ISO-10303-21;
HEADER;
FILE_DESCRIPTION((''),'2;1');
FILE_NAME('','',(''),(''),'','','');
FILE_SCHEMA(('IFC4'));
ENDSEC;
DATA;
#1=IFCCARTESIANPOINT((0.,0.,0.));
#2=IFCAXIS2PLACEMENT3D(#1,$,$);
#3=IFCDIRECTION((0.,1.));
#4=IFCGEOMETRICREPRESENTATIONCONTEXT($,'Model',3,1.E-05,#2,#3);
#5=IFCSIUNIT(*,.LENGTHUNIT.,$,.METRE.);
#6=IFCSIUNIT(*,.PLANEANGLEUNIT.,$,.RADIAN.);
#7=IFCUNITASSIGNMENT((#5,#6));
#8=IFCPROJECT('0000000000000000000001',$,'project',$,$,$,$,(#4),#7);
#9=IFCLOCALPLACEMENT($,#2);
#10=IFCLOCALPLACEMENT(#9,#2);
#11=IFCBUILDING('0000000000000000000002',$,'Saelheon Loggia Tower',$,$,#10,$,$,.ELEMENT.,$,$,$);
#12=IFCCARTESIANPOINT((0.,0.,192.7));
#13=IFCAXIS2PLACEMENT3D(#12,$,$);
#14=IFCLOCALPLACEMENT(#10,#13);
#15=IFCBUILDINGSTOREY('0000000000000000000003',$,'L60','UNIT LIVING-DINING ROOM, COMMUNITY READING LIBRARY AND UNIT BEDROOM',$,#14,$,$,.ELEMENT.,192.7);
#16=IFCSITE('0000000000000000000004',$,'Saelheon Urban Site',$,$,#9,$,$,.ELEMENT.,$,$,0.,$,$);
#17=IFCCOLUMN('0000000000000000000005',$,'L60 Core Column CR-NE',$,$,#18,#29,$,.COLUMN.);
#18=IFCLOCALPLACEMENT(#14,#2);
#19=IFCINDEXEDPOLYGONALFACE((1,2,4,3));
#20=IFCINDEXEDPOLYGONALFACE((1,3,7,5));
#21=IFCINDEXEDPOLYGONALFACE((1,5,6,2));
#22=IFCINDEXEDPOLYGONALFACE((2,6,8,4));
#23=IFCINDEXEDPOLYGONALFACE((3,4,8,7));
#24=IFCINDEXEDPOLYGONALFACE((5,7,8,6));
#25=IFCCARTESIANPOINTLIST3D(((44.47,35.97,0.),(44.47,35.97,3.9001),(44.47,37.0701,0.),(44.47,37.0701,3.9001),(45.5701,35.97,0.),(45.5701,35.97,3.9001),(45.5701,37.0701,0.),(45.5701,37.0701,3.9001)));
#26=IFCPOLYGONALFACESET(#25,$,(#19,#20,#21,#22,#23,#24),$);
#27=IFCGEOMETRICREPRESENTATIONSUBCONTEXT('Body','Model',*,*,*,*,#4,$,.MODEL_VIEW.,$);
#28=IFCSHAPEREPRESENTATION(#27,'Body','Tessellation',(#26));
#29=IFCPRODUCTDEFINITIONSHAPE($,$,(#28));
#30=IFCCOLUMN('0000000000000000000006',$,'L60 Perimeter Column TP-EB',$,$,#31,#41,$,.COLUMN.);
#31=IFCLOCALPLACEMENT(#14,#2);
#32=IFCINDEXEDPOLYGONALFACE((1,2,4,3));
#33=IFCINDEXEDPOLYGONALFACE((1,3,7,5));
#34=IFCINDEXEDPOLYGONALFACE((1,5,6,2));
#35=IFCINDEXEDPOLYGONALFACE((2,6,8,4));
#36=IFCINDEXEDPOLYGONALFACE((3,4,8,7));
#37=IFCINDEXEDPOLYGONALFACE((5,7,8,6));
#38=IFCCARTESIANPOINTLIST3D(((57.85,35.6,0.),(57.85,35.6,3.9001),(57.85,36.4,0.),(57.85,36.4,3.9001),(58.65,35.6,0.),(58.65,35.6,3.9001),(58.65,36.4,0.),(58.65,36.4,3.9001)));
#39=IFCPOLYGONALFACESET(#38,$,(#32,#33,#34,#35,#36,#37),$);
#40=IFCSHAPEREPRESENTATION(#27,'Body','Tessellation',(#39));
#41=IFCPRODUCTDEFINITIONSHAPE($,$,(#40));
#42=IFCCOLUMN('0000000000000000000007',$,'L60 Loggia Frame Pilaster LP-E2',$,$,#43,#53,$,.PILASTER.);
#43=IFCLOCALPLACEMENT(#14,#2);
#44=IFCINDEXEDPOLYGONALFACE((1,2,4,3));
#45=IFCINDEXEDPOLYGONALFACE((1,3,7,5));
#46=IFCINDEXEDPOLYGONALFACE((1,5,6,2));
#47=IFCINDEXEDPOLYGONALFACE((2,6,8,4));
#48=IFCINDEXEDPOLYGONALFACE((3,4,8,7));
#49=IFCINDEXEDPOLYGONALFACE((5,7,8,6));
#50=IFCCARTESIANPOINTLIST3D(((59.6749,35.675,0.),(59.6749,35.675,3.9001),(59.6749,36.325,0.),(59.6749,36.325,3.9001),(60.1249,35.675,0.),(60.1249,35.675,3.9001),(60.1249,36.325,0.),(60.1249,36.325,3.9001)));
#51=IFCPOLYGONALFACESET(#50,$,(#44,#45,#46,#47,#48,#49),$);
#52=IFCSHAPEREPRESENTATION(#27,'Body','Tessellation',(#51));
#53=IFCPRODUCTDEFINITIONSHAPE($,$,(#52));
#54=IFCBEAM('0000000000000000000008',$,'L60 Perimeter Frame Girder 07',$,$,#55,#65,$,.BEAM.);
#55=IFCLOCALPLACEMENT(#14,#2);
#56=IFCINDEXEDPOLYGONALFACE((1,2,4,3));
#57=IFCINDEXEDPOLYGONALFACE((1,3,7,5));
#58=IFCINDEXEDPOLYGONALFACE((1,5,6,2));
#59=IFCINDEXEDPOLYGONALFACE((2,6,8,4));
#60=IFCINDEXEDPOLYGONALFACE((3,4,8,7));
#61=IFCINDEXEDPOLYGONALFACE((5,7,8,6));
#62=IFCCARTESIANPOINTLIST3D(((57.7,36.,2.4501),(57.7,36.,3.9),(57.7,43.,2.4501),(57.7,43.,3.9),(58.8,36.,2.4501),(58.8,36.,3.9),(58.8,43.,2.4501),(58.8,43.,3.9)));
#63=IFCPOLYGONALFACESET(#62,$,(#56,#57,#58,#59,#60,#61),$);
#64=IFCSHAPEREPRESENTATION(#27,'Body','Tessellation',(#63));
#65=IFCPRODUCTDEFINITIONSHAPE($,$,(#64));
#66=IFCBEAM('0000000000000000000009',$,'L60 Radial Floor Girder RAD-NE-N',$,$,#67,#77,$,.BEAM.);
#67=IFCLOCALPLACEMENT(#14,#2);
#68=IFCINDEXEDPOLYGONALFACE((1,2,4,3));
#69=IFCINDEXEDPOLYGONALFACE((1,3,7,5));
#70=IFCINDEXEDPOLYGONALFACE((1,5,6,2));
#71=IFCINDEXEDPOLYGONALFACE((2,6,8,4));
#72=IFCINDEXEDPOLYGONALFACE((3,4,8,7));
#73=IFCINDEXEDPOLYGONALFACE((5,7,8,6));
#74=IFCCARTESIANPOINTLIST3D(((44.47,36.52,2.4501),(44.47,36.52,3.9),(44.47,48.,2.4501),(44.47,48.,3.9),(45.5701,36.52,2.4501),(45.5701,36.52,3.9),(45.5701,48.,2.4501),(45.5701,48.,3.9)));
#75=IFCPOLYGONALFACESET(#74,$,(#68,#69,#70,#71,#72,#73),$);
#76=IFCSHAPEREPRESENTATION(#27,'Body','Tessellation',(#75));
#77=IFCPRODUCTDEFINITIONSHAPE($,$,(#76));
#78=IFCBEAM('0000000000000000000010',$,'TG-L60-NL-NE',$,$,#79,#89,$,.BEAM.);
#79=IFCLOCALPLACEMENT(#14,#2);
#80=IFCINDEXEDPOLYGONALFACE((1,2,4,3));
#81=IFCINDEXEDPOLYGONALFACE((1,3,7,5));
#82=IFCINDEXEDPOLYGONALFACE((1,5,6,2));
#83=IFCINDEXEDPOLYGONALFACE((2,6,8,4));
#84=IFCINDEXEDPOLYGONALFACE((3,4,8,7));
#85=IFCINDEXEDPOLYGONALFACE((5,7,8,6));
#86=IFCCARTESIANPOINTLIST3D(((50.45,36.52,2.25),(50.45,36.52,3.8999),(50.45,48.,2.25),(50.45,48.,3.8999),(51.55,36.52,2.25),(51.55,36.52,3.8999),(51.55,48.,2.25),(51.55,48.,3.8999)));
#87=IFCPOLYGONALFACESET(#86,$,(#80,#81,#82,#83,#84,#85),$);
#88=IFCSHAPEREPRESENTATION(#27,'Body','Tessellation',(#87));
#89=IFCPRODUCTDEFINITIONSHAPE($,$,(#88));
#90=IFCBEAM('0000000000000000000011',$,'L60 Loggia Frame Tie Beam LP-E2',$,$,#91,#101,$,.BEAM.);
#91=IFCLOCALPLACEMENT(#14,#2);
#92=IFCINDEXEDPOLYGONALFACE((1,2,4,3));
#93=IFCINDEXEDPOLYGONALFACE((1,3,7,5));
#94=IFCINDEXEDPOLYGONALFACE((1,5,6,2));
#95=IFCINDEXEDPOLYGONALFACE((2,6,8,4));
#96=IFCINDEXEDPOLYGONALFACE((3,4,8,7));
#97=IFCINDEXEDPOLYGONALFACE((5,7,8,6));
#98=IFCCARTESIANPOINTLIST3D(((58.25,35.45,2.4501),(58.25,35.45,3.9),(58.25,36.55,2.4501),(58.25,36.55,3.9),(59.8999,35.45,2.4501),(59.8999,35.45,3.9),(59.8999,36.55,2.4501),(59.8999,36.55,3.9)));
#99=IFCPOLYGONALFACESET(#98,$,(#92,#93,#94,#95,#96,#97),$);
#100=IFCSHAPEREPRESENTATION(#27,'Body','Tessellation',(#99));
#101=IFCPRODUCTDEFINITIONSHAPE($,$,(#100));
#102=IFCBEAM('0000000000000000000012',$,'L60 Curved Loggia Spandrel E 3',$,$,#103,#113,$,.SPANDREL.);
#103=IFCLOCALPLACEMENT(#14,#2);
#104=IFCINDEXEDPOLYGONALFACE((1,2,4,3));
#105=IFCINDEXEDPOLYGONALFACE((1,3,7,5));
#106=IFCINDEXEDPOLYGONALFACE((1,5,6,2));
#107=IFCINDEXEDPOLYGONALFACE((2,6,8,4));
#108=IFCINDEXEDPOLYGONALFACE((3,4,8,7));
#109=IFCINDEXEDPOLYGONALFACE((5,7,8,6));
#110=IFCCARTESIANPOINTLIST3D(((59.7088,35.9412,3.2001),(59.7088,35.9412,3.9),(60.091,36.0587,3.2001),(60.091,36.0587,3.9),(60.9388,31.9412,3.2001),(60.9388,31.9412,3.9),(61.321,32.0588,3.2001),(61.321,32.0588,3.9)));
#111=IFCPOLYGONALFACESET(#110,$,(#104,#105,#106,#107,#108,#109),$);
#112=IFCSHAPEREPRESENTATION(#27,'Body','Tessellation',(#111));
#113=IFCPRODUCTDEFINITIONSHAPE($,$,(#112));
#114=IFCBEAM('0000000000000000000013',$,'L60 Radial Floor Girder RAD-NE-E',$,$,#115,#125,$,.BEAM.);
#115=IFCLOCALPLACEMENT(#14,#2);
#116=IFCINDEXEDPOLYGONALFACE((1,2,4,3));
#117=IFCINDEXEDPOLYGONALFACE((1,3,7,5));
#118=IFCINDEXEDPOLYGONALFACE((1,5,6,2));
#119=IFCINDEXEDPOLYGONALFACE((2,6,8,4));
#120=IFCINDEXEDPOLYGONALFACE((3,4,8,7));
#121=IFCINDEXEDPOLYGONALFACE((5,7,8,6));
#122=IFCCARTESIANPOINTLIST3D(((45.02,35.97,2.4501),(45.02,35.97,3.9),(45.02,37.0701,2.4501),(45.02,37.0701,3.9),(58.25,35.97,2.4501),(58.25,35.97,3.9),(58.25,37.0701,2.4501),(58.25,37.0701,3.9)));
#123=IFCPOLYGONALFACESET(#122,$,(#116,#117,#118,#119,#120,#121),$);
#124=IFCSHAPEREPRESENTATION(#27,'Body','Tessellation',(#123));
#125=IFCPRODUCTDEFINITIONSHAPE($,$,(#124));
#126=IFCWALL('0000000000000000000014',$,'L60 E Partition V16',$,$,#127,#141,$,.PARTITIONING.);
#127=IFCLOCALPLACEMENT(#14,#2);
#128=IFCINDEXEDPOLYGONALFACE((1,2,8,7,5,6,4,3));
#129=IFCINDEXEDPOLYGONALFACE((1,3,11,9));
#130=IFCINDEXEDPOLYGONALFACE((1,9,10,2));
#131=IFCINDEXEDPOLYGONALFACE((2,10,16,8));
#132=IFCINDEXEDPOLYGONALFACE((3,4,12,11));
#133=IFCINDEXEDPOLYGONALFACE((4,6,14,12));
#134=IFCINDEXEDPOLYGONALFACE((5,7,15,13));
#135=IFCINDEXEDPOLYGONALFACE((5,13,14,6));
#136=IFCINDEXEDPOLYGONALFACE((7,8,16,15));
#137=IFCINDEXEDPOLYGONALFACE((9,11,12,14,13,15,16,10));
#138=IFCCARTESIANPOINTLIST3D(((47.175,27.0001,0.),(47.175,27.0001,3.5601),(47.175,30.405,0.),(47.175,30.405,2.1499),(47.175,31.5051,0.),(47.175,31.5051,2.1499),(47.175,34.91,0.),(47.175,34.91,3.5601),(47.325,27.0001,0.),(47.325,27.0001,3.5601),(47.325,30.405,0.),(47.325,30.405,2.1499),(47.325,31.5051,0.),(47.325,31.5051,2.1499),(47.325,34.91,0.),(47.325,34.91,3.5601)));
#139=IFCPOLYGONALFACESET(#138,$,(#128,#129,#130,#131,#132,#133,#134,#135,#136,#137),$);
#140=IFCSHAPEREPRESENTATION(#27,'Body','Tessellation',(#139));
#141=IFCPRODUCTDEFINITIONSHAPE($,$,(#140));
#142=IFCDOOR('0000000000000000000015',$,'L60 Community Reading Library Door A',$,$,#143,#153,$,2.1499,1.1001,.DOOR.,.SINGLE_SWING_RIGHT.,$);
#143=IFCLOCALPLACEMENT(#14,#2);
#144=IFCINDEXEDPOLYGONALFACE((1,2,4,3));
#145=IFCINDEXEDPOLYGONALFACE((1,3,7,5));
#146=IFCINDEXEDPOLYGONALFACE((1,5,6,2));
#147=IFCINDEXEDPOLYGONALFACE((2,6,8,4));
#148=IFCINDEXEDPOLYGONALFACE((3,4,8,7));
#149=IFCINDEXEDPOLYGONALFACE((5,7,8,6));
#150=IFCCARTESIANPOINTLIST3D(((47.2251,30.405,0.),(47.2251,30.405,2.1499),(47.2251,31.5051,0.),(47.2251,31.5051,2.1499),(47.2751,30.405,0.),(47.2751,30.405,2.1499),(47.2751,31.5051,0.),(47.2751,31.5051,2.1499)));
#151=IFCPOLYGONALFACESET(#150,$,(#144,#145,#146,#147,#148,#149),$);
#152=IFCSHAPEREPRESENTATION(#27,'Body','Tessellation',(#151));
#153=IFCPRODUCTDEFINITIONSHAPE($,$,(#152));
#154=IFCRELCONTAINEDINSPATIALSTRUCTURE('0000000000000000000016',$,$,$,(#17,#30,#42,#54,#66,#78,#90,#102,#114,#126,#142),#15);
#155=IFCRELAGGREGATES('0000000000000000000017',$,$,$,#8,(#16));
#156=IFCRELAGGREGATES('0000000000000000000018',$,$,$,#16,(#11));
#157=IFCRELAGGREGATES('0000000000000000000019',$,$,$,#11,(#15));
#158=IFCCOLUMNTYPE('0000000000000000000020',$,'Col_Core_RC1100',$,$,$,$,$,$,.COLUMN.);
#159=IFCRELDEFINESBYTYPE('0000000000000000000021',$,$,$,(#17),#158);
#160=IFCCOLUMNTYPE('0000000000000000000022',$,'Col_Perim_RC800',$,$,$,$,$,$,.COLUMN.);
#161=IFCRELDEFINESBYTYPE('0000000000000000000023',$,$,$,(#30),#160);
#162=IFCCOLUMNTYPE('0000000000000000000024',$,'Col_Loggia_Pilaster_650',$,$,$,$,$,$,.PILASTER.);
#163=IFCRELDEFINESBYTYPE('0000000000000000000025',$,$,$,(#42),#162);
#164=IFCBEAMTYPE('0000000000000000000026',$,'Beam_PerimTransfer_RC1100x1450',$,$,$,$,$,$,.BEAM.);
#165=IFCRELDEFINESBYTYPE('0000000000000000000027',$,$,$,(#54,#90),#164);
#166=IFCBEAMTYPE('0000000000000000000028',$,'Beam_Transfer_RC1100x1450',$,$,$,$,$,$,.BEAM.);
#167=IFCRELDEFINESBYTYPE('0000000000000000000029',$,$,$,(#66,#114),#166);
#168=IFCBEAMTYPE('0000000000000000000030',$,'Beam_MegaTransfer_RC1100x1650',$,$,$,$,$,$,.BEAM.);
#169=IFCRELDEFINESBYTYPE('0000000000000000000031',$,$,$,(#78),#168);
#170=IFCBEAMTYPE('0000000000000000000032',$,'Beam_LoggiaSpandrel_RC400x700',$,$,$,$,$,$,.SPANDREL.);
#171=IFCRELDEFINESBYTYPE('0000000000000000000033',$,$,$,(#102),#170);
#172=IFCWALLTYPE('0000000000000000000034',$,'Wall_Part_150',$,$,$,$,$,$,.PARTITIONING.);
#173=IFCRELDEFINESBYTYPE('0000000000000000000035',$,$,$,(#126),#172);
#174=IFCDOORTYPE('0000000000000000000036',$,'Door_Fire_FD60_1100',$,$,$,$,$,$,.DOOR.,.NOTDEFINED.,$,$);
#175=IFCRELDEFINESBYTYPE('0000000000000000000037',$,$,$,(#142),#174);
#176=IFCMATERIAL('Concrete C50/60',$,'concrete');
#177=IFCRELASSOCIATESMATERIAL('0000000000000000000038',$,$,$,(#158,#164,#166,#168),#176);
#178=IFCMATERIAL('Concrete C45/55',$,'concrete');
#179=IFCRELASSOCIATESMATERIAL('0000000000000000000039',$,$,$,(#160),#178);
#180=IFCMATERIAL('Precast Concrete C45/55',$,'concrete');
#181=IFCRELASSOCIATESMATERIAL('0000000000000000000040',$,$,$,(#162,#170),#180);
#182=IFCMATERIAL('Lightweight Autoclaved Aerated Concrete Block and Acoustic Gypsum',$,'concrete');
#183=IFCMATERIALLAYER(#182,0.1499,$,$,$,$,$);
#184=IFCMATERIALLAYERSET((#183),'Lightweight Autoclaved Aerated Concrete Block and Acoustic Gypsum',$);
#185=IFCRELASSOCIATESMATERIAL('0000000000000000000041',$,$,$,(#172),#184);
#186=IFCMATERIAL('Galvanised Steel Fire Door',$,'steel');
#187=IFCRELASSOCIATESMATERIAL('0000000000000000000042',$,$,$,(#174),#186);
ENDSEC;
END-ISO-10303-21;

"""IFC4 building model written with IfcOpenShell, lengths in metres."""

from ifc_helpers import new_model, si_unit, direction, frame, frame_2d, origin, origin_2d, place, context, subcontext, project, spatial, rectangle, extrude, source, transform, mapped, material, layer, layer_set, material_profile, profile_set, type_object, element, fill, save


model = new_model("IFC4")

# Units and contexts
model_context = context("Model", 3, precision=1e-05, world=origin(), true_north=direction((0.0, 1.0)))
body_context = subcontext(model_context, "Body", "Model", "MODEL_VIEW")
ifc_project = project(units=[si_unit("LENGTHUNIT", "METRE"), si_unit("PLANEANGLEUNIT", "RADIAN")], contexts=[model_context])

# Site, building, storey
site_placement = place(None, origin())
site = spatial("IfcSite", under=ifc_project, at=site_placement, Name="Saelheon Urban Site", CompositionType="ELEMENT", RefElevation=0.0)
building_placement = place(site_placement, origin())
building = spatial("IfcBuilding", under=site, at=building_placement, Name="Saelheon Loggia Tower", CompositionType="ELEMENT")
storey_placement = place(building_placement, frame((0.0, 0.0, 192.7)))
storey = spatial("IfcBuildingStorey", under=building, at=storey_placement, Name="L60", Description="UNIT LIVING-DINING ROOM, COMMUNITY READING LIBRARY AND UNIT BEDROOM", CompositionType="ELEMENT", Elevation=192.7)

# Columns
ifc_material_1 = material(Name="Concrete C50/60", Category="concrete")
ifc_material_profile_1 = material_profile(ifc_material_1, rectangle(XDim=1.1001, YDim=1.1001, at=origin_2d()), Name="RC-1100x1100")
ifc_profile_set_1 = profile_set([ifc_material_profile_1], Name="Concrete C50/60")
column_type_1 = type_object("IfcColumnType", Name="Col_Core_RC1100", PredefinedType="COLUMN", material=ifc_profile_set_1)
shared_shape_1 = source(origin(), body_context, "Body", "SweptSolid", [
    extrude(rectangle(XDim=1.1001, YDim=1.1001, at=origin_2d()), origin(), (0.0, 0.0, 1.0), 3.9001),
])
column_1_placement = place(storey_placement, frame((45.02, 36.52, 0.0), z_axis=(0.0, 0.0, 1.0), x_axis=(1.0, 0.0, 0.0)))
element("IfcColumn", 1, at=column_1_placement, inside=storey, type_object=column_type_1, Name="L60 Core Column CR-NE", PredefinedType="COLUMN", context=body_context, shape_type="MappedRepresentation", body=[
    mapped(shared_shape_1, transform((0.0, 0.0, 0.0), scale=1.0)),
])
ifc_material_2 = material(Name="Concrete C45/55", Category="concrete")
ifc_material_profile_2 = material_profile(ifc_material_2, rectangle(XDim=0.8, YDim=0.8, at=origin_2d()), Name="RC-800x800")
ifc_profile_set_2 = profile_set([ifc_material_profile_2], Name="Concrete C45/55")
column_type_2 = type_object("IfcColumnType", Name="Col_Perim_RC800", PredefinedType="COLUMN", material=ifc_profile_set_2)
shared_shape_2 = source(origin(), body_context, "Body", "SweptSolid", [
    extrude(rectangle(XDim=0.8, YDim=0.8, at=origin_2d()), origin(), (0.0, 0.0, 1.0), 3.9001),
])
column_2_placement = place(storey_placement, frame((58.25, 36.0, 0.0), z_axis=(0.0, 0.0, 1.0), x_axis=(1.0, 0.0, 0.0)))
element("IfcColumn", 2, at=column_2_placement, inside=storey, type_object=column_type_2, Name="L60 Perimeter Column TP-EB", PredefinedType="COLUMN", context=body_context, shape_type="MappedRepresentation", body=[
    mapped(shared_shape_2, transform((0.0, 0.0, 0.0), scale=1.0)),
])
ifc_material_3 = material(Name="Precast Concrete C45/55", Category="concrete")
ifc_material_profile_3 = material_profile(ifc_material_3, rectangle(XDim=0.45, YDim=0.6499, at=origin_2d()), Name="RC-450x650")
ifc_profile_set_3 = profile_set([ifc_material_profile_3], Name="Precast Concrete C45/55")
column_type_3 = type_object("IfcColumnType", Name="Col_Loggia_Pilaster_650", PredefinedType="PILASTER", material=ifc_profile_set_3)
shared_shape_3 = source(origin(), body_context, "Body", "SweptSolid", [
    extrude(rectangle(XDim=0.45, YDim=0.6499, at=origin_2d()), origin(), (0.0, 0.0, 1.0), 3.9001),
])
column_3_placement = place(storey_placement, frame((59.8999, 36.0, 0.0), z_axis=(0.0, 0.0, 1.0), x_axis=(1.0, 0.0, 0.0)))
element("IfcColumn", 3, at=column_3_placement, inside=storey, type_object=column_type_3, Name="L60 Loggia Frame Pilaster LP-E2", PredefinedType="PILASTER", context=body_context, shape_type="MappedRepresentation", body=[
    mapped(shared_shape_3, transform((0.0, 0.0, 0.0), scale=1.0)),
])

# Beams
ifc_material_profile_4 = material_profile(ifc_material_1, rectangle(XDim=1.1001, YDim=1.45, at=origin_2d()), Name="RC-1100x1450")
ifc_profile_set_4 = profile_set([ifc_material_profile_4], Name="Concrete C50/60")
beam_type_1 = type_object("IfcBeamType", Name="Beam_PerimTransfer_RC1100x1450", PredefinedType="BEAM", material=ifc_profile_set_4)
shared_shape_4 = source(origin(), body_context, "Body", "SweptSolid", [
    extrude(rectangle(XDim=1.1001, YDim=1.45, at=origin_2d()), origin(), (0.0, 0.0, 1.0), 7.0),
])
beam_1_placement = place(storey_placement, frame((58.25, 36.0, 3.175), z_axis=(0.0, 1.0, 0.0), x_axis=(-1.0, 0.0, 0.0)))
element("IfcBeam", 4, at=beam_1_placement, inside=storey, type_object=beam_type_1, Name="L60 Perimeter Frame Girder 07", PredefinedType="BEAM", context=body_context, shape_type="MappedRepresentation", body=[
    mapped(shared_shape_4, transform((0.0, 0.0, 0.0), scale=1.0)),
])
ifc_material_profile_5 = material_profile(ifc_material_1, rectangle(XDim=1.1001, YDim=1.45, at=origin_2d()), Name="RC-1100x1450")
ifc_profile_set_5 = profile_set([ifc_material_profile_5], Name="Concrete C50/60")
beam_type_2 = type_object("IfcBeamType", Name="Beam_Transfer_RC1100x1450", PredefinedType="BEAM", material=ifc_profile_set_5)
shared_shape_5 = source(origin(), body_context, "Body", "SweptSolid", [
    extrude(rectangle(XDim=1.1001, YDim=1.45, at=origin_2d()), origin(), (0.0, 0.0, 1.0), 11.48),
])
beam_2_placement = place(storey_placement, frame((45.02, 36.52, 3.175), z_axis=(0.0, 1.0, 0.0), x_axis=(-1.0, 0.0, 0.0)))
element("IfcBeam", 5, at=beam_2_placement, inside=storey, type_object=beam_type_2, Name="L60 Radial Floor Girder RAD-NE-N", PredefinedType="BEAM", context=body_context, shape_type="MappedRepresentation", body=[
    mapped(shared_shape_5, transform((0.0, 0.0, 0.0), scale=1.0)),
])
ifc_material_profile_6 = material_profile(ifc_material_1, rectangle(XDim=1.1001, YDim=1.6499, at=origin_2d()), Name="RC-1100x1650")
ifc_profile_set_6 = profile_set([ifc_material_profile_6], Name="Concrete C50/60")
beam_type_3 = type_object("IfcBeamType", Name="Beam_MegaTransfer_RC1100x1650", PredefinedType="BEAM", material=ifc_profile_set_6)
shared_shape_6 = source(origin(), body_context, "Body", "SweptSolid", [
    extrude(rectangle(XDim=1.1001, YDim=1.6499, at=origin_2d()), origin(), (0.0, 0.0, 1.0), 11.48),
])
beam_3_placement = place(storey_placement, frame((51.0, 36.52, 3.075), z_axis=(0.0, 1.0, 0.0), x_axis=(-1.0, 0.0, 0.0)))
element("IfcBeam", 6, at=beam_3_placement, inside=storey, type_object=beam_type_3, Name="TG-L60-NL-NE", PredefinedType="BEAM", context=body_context, shape_type="MappedRepresentation", body=[
    mapped(shared_shape_6, transform((0.0, 0.0, 0.0), scale=1.0)),
])
shared_shape_7 = source(origin(), body_context, "Body", "SweptSolid", [
    extrude(rectangle(XDim=1.1001, YDim=1.45, at=origin_2d()), origin(), (0.0, 0.0, 1.0), 1.6499),
])
beam_4_placement = place(storey_placement, frame((58.25, 36.0, 3.175), z_axis=(1.0, 0.0, 0.0), x_axis=(0.0, 1.0, 0.0)))
element("IfcBeam", 7, at=beam_4_placement, inside=storey, type_object=beam_type_1, Name="L60 Loggia Frame Tie Beam LP-E2", PredefinedType="BEAM", context=body_context, shape_type="MappedRepresentation", body=[
    mapped(shared_shape_7, transform((0.0, 0.0, 0.0), scale=1.0)),
])
ifc_material_profile_7 = material_profile(ifc_material_3, rectangle(XDim=0.3999, YDim=0.7, at=origin_2d()), Name="RC-400x700")
ifc_profile_set_7 = profile_set([ifc_material_profile_7], Name="Precast Concrete C45/55")
beam_type_4 = type_object("IfcBeamType", Name="Beam_LoggiaSpandrel_RC400x700", PredefinedType="SPANDREL", material=ifc_profile_set_7)
shared_shape_8 = source(origin(), body_context, "Body", "SweptSolid", [
    extrude(rectangle(XDim=0.3999, YDim=0.7, at=origin_2d()), origin(), (0.0, 0.0, 1.0), 4.1848),
])
beam_5_placement = place(storey_placement, frame((61.1299, 32.0, 3.55), z_axis=(-0.293914, 0.955832, 0.0), x_axis=(-0.955832, -0.293914, 0.0)))
element("IfcBeam", 8, at=beam_5_placement, inside=storey, type_object=beam_type_4, Name="L60 Curved Loggia Spandrel E 3", PredefinedType="SPANDREL", context=body_context, shape_type="MappedRepresentation", body=[
    mapped(shared_shape_8, transform((0.0, 0.0, 0.0), scale=1.0)),
])
shared_shape_9 = source(origin(), body_context, "Body", "SweptSolid", [
    extrude(rectangle(XDim=1.1001, YDim=1.45, at=origin_2d()), origin(), (0.0, 0.0, 1.0), 13.23),
])
beam_6_placement = place(storey_placement, frame((45.02, 36.52, 3.175), z_axis=(1.0, 0.0, 0.0), x_axis=(0.0, 1.0, 0.0)))
element("IfcBeam", 9, at=beam_6_placement, inside=storey, type_object=beam_type_2, Name="L60 Radial Floor Girder RAD-NE-E", PredefinedType="BEAM", context=body_context, shape_type="MappedRepresentation", body=[
    mapped(shared_shape_9, transform((0.0, 0.0, 0.0), scale=1.0)),
])

# Wall, opening, door
ifc_material_4 = material(Name="Lightweight Autoclaved Aerated Concrete Block and Acoustic Gypsum", Category="concrete")
ifc_layer_1 = layer(ifc_material_4, 0.1499)
ifc_layer_set_1 = layer_set([ifc_layer_1], Name="Lightweight Autoclaved Aerated Concrete Block and Acoustic Gypsum")
wall_type_1 = type_object("IfcWallType", Name="Wall_Part_150", PredefinedType="PARTITIONING", material=ifc_layer_set_1)
wall_1_placement = place(storey_placement, frame((47.25, 27.0, 0.0), z_axis=(0.0, 0.0, 1.0), x_axis=(0.0, 1.0, 0.0)))
wall_1 = element("IfcWall", 10, at=wall_1_placement, inside=storey, type_object=wall_type_1, Name="L60 E Partition V16", PredefinedType="PARTITIONING", context=body_context, shape_type="SweptSolid", body=[
    extrude(rectangle(XDim=7.9099, YDim=0.1499, at=frame_2d((3.9551, 0.0))), origin(), (0.0, 0.0, 1.0), 3.5601),
])
opening_1_placement = place(wall_1_placement, frame((3.405, 0.0, 0.0)))
opening_1 = element("IfcOpeningElement", 11, at=opening_1_placement, cuts=wall_1, PredefinedType="OPENING", context=body_context, shape_type="SweptSolid", body=[
    extrude(rectangle(XDim=1.1001, YDim=2.1499, at=frame_2d((0.55, 1.075))), frame((0.0, 0.0869, 0.0), z_axis=(0.0, -1.0, 0.0), x_axis=(1.0, 0.0, 0.0)), (0.0, 0.0, 1.0), 0.1738),
])
ifc_material_5 = material(Name="Galvanised Steel Fire Door", Category="steel")
door_type_1 = type_object("IfcDoorType", Name="Door_Fire_FD60_1100", OperationType="NOTDEFINED", PredefinedType="DOOR", material=ifc_material_5)
shared_shape_10 = source(origin(), body_context, "Body", "SweptSolid", [
    extrude(rectangle(XDim=1.1001, YDim=2.1499, at=frame_2d((0.55, 1.075))), frame((0.0, 0.0249, 0.0), z_axis=(0.0, -1.0, 0.0), x_axis=(1.0, 0.0, 0.0)), (0.0, 0.0, 1.0), 0.05),
])
door_1_placement = place(opening_1_placement, origin())
door_1 = element("IfcDoor", 12, at=door_1_placement, inside=storey, type_object=door_type_1, Name="L60 Community Reading Library Door A", OperationType="SINGLE_SWING_RIGHT", OverallHeight=2.1499, OverallWidth=1.1001, PredefinedType="DOOR", context=body_context, shape_type="MappedRepresentation", body=[
    mapped(shared_shape_10, transform((0.0, 0.0, 0.0), scale=1.0)),
])
fill(opening_1, door_1)

save(model, "model.ifc")
